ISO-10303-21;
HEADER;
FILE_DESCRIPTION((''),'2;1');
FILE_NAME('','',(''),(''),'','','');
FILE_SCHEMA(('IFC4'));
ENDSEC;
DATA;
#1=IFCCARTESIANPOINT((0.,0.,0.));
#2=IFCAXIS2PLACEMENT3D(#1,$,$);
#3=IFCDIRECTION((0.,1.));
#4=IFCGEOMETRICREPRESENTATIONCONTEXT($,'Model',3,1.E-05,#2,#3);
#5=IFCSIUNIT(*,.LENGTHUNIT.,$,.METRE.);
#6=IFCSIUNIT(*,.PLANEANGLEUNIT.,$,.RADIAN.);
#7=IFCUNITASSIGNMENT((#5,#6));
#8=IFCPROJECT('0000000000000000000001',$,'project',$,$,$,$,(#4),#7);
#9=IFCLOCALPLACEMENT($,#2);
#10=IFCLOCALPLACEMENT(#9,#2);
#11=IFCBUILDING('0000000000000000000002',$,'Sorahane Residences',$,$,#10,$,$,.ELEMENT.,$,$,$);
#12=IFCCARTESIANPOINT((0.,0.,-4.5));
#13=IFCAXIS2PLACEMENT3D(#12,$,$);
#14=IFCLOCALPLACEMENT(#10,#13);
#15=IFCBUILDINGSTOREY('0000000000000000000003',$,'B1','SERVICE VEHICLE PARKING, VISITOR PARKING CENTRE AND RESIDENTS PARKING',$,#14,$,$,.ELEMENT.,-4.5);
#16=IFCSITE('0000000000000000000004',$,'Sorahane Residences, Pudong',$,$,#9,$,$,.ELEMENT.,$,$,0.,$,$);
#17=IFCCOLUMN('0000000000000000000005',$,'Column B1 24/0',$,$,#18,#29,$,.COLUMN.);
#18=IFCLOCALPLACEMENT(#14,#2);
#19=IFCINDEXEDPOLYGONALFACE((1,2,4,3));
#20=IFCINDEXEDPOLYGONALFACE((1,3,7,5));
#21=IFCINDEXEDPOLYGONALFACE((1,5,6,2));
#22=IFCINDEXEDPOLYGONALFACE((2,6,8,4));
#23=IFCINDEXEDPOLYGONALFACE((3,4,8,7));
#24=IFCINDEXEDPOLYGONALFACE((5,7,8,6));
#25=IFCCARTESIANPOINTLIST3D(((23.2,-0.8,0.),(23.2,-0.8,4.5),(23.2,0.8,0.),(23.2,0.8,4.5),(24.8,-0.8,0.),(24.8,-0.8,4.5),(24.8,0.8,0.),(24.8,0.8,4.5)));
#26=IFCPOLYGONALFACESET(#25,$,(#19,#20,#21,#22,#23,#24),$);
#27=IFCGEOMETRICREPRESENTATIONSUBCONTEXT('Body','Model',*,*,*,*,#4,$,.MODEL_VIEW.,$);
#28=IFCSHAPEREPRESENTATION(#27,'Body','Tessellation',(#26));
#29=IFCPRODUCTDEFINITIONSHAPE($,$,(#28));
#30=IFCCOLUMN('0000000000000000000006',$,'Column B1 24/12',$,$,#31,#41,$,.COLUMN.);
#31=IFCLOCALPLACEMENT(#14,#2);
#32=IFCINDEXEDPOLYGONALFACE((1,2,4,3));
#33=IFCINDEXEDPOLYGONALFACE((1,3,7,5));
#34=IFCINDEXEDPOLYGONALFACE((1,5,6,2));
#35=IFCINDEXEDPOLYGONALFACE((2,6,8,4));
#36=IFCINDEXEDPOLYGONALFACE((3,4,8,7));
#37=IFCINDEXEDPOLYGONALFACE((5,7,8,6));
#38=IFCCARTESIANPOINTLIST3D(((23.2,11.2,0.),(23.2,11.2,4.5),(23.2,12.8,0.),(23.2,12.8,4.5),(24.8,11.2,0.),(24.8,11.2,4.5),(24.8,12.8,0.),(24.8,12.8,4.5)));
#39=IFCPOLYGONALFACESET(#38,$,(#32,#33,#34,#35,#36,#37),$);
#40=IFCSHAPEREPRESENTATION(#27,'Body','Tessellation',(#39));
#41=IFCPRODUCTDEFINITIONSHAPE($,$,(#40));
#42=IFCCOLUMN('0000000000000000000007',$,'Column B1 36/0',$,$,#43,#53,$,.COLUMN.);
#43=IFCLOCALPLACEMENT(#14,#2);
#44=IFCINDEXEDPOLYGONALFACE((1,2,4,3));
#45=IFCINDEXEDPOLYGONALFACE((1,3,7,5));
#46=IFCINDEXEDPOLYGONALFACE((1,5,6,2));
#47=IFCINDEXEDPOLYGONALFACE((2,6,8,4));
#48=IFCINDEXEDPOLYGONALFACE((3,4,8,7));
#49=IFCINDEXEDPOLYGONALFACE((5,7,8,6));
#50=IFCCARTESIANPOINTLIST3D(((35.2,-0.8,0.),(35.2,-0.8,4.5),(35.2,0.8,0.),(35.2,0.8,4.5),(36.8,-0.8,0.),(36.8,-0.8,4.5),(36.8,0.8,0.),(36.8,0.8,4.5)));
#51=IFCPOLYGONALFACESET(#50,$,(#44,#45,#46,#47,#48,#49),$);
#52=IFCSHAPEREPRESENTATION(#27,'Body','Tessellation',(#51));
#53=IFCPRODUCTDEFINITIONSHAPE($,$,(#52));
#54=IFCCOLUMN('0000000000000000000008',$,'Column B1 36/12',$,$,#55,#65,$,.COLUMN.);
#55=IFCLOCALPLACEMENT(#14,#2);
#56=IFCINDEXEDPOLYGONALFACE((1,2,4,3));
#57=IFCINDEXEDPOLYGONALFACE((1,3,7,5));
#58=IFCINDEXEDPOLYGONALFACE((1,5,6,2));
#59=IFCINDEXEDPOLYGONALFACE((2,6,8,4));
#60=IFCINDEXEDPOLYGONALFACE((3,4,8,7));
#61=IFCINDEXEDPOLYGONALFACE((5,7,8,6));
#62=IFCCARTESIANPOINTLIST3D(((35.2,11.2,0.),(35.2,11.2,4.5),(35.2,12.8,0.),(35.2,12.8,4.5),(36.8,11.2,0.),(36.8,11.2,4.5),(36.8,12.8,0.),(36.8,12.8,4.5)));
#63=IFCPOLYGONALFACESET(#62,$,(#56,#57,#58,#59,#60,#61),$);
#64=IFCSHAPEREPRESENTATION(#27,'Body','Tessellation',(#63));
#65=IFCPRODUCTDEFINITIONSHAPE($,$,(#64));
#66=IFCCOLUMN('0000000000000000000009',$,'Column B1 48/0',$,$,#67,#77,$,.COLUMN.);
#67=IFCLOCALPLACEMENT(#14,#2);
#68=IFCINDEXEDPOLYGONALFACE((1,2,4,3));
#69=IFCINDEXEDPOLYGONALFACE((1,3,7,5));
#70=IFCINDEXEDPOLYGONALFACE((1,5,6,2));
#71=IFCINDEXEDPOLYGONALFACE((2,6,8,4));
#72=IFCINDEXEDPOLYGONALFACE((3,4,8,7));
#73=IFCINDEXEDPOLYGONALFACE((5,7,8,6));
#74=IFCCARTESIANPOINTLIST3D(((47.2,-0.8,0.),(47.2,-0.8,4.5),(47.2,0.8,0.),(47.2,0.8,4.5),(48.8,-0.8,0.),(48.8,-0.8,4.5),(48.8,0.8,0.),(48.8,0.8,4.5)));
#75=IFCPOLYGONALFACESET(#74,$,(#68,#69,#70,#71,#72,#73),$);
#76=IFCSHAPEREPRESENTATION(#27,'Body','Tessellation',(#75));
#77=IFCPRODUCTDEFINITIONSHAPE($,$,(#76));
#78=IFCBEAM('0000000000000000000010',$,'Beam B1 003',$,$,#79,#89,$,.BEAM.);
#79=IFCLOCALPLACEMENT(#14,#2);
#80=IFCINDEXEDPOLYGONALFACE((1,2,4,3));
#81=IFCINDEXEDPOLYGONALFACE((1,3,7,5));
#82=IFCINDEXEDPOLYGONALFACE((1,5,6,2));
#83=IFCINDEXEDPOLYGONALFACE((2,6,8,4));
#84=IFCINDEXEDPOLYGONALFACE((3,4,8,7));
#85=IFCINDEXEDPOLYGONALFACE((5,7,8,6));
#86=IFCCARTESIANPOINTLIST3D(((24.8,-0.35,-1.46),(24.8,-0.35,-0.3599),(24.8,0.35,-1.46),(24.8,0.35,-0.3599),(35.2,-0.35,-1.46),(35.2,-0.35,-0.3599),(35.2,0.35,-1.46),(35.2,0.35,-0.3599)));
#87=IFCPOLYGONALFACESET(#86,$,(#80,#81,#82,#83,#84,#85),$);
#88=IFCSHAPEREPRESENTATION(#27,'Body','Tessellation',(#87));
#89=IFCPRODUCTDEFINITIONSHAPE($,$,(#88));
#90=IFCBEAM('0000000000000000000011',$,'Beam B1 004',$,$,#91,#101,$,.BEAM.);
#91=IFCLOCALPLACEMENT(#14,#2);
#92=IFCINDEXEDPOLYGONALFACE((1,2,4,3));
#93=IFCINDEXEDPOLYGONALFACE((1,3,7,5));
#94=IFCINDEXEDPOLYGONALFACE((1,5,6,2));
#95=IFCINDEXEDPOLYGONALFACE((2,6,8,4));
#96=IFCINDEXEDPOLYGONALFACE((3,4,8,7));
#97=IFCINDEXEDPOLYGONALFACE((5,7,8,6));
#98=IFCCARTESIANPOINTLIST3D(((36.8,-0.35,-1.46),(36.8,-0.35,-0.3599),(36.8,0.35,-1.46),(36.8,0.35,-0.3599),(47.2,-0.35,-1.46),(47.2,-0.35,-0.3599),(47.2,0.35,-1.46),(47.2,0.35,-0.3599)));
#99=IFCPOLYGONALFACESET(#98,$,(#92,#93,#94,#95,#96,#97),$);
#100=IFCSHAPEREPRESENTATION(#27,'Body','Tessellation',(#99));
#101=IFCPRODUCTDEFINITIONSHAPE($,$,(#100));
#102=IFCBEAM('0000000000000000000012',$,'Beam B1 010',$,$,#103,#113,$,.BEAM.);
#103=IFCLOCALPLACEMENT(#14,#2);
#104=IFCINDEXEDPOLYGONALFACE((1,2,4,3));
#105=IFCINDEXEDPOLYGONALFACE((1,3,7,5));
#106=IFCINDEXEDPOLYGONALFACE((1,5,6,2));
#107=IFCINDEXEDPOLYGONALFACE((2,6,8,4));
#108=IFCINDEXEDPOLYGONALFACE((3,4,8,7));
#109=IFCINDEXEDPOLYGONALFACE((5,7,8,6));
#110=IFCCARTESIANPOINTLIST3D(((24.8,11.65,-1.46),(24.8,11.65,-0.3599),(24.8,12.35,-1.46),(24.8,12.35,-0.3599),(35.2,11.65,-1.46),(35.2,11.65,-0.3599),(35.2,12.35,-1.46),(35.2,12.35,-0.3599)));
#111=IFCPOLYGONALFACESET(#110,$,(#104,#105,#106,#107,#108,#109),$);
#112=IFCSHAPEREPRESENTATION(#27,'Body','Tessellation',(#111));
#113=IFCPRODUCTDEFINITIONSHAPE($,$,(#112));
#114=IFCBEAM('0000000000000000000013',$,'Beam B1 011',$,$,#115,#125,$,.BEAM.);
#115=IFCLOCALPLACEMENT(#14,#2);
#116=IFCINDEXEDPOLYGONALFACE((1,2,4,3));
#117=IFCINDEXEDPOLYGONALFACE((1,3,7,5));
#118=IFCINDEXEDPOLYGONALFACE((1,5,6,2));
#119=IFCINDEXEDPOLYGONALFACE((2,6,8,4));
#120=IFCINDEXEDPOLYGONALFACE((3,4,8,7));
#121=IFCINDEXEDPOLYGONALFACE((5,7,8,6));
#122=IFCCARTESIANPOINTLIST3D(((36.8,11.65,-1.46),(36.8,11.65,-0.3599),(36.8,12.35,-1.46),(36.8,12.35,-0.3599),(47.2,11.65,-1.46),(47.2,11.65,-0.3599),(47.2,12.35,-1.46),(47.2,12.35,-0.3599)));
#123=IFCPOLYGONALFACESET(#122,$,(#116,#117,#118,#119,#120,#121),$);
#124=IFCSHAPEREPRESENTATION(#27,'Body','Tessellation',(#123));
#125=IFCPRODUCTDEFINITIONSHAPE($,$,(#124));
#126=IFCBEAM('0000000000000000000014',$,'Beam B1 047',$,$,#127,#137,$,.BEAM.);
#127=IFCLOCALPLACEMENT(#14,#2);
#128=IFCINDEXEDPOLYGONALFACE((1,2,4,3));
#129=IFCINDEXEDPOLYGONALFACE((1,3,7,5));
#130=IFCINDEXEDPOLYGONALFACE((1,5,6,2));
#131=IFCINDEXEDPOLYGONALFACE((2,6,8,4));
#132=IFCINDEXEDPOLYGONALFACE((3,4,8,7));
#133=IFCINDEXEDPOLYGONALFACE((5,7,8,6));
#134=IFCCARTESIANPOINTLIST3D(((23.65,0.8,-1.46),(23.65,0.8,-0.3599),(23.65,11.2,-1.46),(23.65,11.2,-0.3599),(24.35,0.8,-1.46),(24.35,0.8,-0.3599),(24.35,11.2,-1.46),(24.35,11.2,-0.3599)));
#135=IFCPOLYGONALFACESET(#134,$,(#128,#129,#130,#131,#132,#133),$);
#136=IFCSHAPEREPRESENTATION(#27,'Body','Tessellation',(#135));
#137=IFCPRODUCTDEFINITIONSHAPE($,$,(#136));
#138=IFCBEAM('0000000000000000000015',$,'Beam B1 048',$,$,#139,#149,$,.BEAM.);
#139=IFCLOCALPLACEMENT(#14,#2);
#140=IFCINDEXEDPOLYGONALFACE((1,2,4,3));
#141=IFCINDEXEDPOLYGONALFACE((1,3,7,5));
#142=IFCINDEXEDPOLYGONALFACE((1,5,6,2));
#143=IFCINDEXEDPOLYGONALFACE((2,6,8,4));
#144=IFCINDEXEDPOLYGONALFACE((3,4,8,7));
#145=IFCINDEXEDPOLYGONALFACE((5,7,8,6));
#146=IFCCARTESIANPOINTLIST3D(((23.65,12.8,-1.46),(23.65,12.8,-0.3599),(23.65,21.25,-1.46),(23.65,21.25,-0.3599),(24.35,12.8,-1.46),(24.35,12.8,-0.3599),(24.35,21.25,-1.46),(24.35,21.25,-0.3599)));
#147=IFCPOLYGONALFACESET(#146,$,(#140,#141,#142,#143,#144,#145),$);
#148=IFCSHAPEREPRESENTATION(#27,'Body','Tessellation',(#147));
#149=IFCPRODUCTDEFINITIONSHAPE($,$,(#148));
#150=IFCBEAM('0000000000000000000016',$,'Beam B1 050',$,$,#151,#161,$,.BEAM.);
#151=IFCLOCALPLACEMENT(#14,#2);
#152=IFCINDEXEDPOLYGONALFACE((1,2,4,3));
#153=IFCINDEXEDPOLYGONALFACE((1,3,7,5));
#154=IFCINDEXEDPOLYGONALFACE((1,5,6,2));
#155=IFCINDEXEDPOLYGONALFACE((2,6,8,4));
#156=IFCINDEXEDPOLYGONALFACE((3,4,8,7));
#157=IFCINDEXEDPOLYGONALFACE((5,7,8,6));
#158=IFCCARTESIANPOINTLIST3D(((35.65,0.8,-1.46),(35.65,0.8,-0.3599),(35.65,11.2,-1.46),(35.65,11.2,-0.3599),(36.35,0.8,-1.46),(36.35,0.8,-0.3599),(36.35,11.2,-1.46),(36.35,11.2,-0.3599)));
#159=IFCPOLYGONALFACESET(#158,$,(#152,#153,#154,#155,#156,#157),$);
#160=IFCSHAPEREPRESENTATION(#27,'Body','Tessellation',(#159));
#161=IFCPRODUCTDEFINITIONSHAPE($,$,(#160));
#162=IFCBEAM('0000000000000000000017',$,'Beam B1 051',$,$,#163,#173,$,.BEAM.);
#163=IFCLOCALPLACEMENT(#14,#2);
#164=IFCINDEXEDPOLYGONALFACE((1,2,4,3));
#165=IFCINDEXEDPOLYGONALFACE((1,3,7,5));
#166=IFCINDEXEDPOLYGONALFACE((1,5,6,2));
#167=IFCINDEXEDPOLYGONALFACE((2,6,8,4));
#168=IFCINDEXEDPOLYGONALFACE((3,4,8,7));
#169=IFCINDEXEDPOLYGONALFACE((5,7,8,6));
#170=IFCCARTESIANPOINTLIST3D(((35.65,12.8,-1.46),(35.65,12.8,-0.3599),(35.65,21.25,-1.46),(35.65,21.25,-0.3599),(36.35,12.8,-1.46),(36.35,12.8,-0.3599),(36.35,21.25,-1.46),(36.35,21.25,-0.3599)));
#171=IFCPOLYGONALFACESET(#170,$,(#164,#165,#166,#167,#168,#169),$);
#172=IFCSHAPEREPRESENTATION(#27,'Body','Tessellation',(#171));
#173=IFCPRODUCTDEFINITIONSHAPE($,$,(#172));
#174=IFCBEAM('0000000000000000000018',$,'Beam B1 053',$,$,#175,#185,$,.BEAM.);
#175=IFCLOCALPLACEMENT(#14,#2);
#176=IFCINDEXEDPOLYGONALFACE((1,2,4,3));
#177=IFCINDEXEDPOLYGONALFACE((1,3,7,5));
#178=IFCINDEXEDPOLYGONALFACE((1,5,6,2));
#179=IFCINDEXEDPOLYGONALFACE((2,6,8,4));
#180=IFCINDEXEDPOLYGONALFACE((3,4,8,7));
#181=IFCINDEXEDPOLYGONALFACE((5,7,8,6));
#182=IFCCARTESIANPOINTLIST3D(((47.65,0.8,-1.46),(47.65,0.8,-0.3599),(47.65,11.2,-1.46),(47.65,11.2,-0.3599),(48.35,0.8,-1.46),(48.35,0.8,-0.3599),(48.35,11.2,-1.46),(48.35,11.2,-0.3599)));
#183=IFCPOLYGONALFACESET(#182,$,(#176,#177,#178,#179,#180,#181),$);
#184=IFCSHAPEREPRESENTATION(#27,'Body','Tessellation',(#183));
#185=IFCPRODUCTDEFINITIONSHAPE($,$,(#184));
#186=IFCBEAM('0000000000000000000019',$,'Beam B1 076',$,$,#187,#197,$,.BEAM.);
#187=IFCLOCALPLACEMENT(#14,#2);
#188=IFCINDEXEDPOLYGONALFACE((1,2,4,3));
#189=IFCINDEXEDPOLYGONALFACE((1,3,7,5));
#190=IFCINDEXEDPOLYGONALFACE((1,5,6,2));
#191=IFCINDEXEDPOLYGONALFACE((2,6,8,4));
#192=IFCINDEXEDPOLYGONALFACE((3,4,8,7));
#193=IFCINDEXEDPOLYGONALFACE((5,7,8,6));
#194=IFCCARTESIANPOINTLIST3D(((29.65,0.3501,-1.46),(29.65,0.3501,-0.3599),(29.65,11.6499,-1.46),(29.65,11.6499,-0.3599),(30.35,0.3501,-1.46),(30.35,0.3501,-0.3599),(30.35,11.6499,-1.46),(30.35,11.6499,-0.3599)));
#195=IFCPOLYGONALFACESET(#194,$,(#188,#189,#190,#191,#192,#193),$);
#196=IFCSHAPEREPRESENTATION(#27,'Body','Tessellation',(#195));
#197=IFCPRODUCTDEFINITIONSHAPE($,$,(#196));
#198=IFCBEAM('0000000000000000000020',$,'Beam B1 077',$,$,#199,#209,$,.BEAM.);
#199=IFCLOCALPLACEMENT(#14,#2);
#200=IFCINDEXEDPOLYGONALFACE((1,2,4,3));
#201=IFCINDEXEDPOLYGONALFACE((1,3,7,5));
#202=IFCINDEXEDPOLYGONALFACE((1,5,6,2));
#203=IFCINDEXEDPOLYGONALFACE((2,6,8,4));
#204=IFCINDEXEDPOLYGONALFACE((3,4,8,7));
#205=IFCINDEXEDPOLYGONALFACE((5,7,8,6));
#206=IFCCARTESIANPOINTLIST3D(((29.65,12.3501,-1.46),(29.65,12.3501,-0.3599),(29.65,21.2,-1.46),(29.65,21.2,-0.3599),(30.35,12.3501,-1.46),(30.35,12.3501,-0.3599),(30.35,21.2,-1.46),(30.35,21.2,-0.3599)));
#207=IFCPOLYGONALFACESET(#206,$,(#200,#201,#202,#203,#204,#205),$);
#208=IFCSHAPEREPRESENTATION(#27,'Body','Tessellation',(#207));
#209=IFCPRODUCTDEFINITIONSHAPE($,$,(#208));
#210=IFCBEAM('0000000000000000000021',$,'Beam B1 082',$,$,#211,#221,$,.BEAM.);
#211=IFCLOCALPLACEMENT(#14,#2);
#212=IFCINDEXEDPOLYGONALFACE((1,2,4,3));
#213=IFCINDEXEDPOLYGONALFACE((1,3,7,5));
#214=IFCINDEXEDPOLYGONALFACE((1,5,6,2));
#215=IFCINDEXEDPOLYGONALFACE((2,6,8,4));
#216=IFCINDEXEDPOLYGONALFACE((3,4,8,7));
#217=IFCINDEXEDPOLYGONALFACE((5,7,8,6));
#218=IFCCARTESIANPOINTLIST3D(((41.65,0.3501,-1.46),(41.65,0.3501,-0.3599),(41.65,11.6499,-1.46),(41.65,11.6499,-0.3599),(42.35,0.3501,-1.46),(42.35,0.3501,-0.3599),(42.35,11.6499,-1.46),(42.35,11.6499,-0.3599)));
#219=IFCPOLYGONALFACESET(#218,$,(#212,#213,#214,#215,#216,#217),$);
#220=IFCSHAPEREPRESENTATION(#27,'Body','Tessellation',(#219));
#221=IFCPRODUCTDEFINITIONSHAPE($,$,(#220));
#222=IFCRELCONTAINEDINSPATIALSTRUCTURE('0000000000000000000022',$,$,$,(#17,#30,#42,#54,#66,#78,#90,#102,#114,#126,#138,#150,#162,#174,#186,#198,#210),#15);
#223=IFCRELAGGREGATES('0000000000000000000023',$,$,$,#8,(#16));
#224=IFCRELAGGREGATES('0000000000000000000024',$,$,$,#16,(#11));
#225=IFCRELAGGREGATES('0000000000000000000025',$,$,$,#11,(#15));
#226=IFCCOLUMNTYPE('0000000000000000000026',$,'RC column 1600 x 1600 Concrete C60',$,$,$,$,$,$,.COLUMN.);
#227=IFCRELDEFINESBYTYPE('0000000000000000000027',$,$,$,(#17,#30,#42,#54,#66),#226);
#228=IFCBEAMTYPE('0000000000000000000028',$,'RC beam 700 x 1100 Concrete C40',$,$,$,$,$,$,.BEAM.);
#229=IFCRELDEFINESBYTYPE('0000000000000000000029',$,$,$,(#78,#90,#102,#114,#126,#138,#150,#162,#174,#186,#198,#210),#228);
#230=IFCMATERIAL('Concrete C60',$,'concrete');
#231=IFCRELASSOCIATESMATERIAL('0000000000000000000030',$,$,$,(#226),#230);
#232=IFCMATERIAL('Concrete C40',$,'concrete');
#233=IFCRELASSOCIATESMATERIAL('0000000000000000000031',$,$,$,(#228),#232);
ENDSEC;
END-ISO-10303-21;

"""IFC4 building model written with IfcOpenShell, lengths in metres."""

from ifc_helpers import new_model, si_unit, direction, frame, origin, origin_2d, place, context, subcontext, project, spatial, rectangle, extrude, material, material_profile, profile_set, type_object, element, save


model = new_model("IFC4")

# Units and contexts
model_context = context("Model", 3, precision=1e-05, world=origin(), true_north=direction((0.0, 1.0)))
body_context = subcontext(model_context, "Body", "Model", "MODEL_VIEW")
ifc_project = project(units=[si_unit("LENGTHUNIT", "METRE"), si_unit("PLANEANGLEUNIT", "RADIAN")], contexts=[model_context])

# Site, building, storey
site_placement = place(None, origin())
site = spatial("IfcSite", under=ifc_project, at=site_placement, Name="Sorahane Residences, Pudong", CompositionType="ELEMENT", RefElevation=0.0)
building_placement = place(site_placement, origin())
building = spatial("IfcBuilding", under=site, at=building_placement, Name="Sorahane Residences", CompositionType="ELEMENT")
storey_placement = place(building_placement, frame((0.0, 0.0, -4.5)))
storey = spatial("IfcBuildingStorey", under=building, at=storey_placement, Name="B1", Description="SERVICE VEHICLE PARKING, VISITOR PARKING CENTRE AND RESIDENTS PARKING", CompositionType="ELEMENT", Elevation=-4.5)

# Columns
ifc_material_1 = material(Name="Concrete C60", Category="concrete")
ifc_material_profile_1 = material_profile(ifc_material_1, rectangle(XDim=1.6001, YDim=1.6001, at=origin_2d()), Name="1600x1600")
ifc_profile_set_1 = profile_set([ifc_material_profile_1], Name="Concrete C60")
column_type = type_object("IfcColumnType", Name="RC column 1600 x 1600 Concrete C60", PredefinedType="COLUMN", material=ifc_profile_set_1)
for number, where, z_axis, x_axis, name in (
    (1, (24.0, 0.0, 0.0), (0.0, 0.0, 1.0), (1.0, 0.0, 0.0), "Column B1 24/0"),
    (2, (24.0, 12.0, 0.0), (0.0, 0.0, 1.0), (1.0, 0.0, 0.0), "Column B1 24/12"),
    (3, (36.0, 0.0, 0.0), (0.0, 0.0, 1.0), (1.0, 0.0, 0.0), "Column B1 36/0"),
    (4, (36.0, 12.0, 0.0), (0.0, 0.0, 1.0), (1.0, 0.0, 0.0), "Column B1 36/12"),
    (5, (48.0, 0.0, 0.0), (0.0, 0.0, 1.0), (1.0, 0.0, 0.0), "Column B1 48/0"),
):
    element("IfcColumn", number, at=place(storey_placement, frame(where, z_axis=z_axis, x_axis=x_axis)), inside=storey, type_object=column_type, Name=name, PredefinedType="COLUMN", context=body_context, shape_type="SweptSolid", body=[
        extrude(rectangle(XDim=1.6001, YDim=1.6001, at=origin_2d()), origin(), (0.0, 0.0, 1.0), 4.5),
    ])

# Beams
ifc_material_2 = material(Name="Concrete C40", Category="concrete")
ifc_material_profile_2 = material_profile(ifc_material_2, rectangle(XDim=0.7, YDim=1.1001, at=origin_2d()), Name="700x1100")
ifc_profile_set_2 = profile_set([ifc_material_profile_2], Name="Concrete C40")
beam_type = type_object("IfcBeamType", Name="RC beam 700 x 1100 Concrete C40", PredefinedType="BEAM", material=ifc_profile_set_2)
for number, where, z_axis, x_axis, name in (
    (6, (24.8, 0.0, -0.9099), (1.0, 0.0, 0.0), (0.0, 1.0, 0.0), "Beam B1 003"),
    (7, (36.8, 0.0, -0.9099), (1.0, 0.0, 0.0), (0.0, 1.0, 0.0), "Beam B1 004"),
    (8, (24.8, 12.0, -0.9099), (1.0, 0.0, 0.0), (0.0, 1.0, 0.0), "Beam B1 010"),
    (9, (36.8, 12.0, -0.9099), (1.0, 0.0, 0.0), (0.0, 1.0, 0.0), "Beam B1 011"),
    (10, (24.0, 0.8, -0.9099), (0.0, 1.0, 0.0), (-1.0, 0.0, 0.0), "Beam B1 047"),
):
    element("IfcBeam", number, at=place(storey_placement, frame(where, z_axis=z_axis, x_axis=x_axis)), inside=storey, type_object=beam_type, Name=name, PredefinedType="BEAM", context=body_context, shape_type="SweptSolid", body=[
        extrude(rectangle(XDim=0.7, YDim=1.1001, at=origin_2d()), origin(), (0.0, 0.0, 1.0), 10.3999),
    ])
beam_1_placement = place(storey_placement, frame((24.0, 12.8, -0.9099), z_axis=(0.0, 1.0, 0.0), x_axis=(-1.0, 0.0, 0.0)))
element("IfcBeam", 11, at=beam_1_placement, inside=storey, type_object=beam_type, Name="Beam B1 048", PredefinedType="BEAM", context=body_context, shape_type="SweptSolid", body=[
    extrude(rectangle(XDim=0.7, YDim=1.1001, at=origin_2d()), origin(), (0.0, 0.0, 1.0), 8.45),
])
beam_2_placement = place(storey_placement, frame((36.0, 0.8, -0.9099), z_axis=(0.0, 1.0, 0.0), x_axis=(-1.0, 0.0, 0.0)))
element("IfcBeam", 12, at=beam_2_placement, inside=storey, type_object=beam_type, Name="Beam B1 050", PredefinedType="BEAM", context=body_context, shape_type="SweptSolid", body=[
    extrude(rectangle(XDim=0.7, YDim=1.1001, at=origin_2d()), origin(), (0.0, 0.0, 1.0), 10.3999),
])
beam_3_placement = place(storey_placement, frame((36.0, 12.8, -0.9099), z_axis=(0.0, 1.0, 0.0), x_axis=(-1.0, 0.0, 0.0)))
element("IfcBeam", 13, at=beam_3_placement, inside=storey, type_object=beam_type, Name="Beam B1 051", PredefinedType="BEAM", context=body_context, shape_type="SweptSolid", body=[
    extrude(rectangle(XDim=0.7, YDim=1.1001, at=origin_2d()), origin(), (0.0, 0.0, 1.0), 8.45),
])
beam_4_placement = place(storey_placement, frame((48.0, 0.8, -0.9099), z_axis=(0.0, 1.0, 0.0), x_axis=(-1.0, 0.0, 0.0)))
element("IfcBeam", 14, at=beam_4_placement, inside=storey, type_object=beam_type, Name="Beam B1 053", PredefinedType="BEAM", context=body_context, shape_type="SweptSolid", body=[
    extrude(rectangle(XDim=0.7, YDim=1.1001, at=origin_2d()), origin(), (0.0, 0.0, 1.0), 10.3999),
])
beam_5_placement = place(storey_placement, frame((30.0, 0.3501, -0.9099), z_axis=(0.0, 1.0, 0.0), x_axis=(-1.0, 0.0, 0.0)))
element("IfcBeam", 15, at=beam_5_placement, inside=storey, type_object=beam_type, Name="Beam B1 076", PredefinedType="BEAM", context=body_context, shape_type="SweptSolid", body=[
    extrude(rectangle(XDim=0.7, YDim=1.1001, at=origin_2d()), origin(), (0.0, 0.0, 1.0), 11.2998),
])
beam_6_placement = place(storey_placement, frame((30.0, 12.3501, -0.9099), z_axis=(0.0, 1.0, 0.0), x_axis=(-1.0, 0.0, 0.0)))
element("IfcBeam", 16, at=beam_6_placement, inside=storey, type_object=beam_type, Name="Beam B1 077", PredefinedType="BEAM", context=body_context, shape_type="SweptSolid", body=[
    extrude(rectangle(XDim=0.7, YDim=1.1001, at=origin_2d()), origin(), (0.0, 0.0, 1.0), 8.8499),
])
beam_7_placement = place(storey_placement, frame((42.0, 0.3501, -0.9099), z_axis=(0.0, 1.0, 0.0), x_axis=(-1.0, 0.0, 0.0)))
element("IfcBeam", 17, at=beam_7_placement, inside=storey, type_object=beam_type, Name="Beam B1 082", PredefinedType="BEAM", context=body_context, shape_type="SweptSolid", body=[
    extrude(rectangle(XDim=0.7, YDim=1.1001, at=origin_2d()), origin(), (0.0, 0.0, 1.0), 11.2998),
])

save(model, "model.ifc")
